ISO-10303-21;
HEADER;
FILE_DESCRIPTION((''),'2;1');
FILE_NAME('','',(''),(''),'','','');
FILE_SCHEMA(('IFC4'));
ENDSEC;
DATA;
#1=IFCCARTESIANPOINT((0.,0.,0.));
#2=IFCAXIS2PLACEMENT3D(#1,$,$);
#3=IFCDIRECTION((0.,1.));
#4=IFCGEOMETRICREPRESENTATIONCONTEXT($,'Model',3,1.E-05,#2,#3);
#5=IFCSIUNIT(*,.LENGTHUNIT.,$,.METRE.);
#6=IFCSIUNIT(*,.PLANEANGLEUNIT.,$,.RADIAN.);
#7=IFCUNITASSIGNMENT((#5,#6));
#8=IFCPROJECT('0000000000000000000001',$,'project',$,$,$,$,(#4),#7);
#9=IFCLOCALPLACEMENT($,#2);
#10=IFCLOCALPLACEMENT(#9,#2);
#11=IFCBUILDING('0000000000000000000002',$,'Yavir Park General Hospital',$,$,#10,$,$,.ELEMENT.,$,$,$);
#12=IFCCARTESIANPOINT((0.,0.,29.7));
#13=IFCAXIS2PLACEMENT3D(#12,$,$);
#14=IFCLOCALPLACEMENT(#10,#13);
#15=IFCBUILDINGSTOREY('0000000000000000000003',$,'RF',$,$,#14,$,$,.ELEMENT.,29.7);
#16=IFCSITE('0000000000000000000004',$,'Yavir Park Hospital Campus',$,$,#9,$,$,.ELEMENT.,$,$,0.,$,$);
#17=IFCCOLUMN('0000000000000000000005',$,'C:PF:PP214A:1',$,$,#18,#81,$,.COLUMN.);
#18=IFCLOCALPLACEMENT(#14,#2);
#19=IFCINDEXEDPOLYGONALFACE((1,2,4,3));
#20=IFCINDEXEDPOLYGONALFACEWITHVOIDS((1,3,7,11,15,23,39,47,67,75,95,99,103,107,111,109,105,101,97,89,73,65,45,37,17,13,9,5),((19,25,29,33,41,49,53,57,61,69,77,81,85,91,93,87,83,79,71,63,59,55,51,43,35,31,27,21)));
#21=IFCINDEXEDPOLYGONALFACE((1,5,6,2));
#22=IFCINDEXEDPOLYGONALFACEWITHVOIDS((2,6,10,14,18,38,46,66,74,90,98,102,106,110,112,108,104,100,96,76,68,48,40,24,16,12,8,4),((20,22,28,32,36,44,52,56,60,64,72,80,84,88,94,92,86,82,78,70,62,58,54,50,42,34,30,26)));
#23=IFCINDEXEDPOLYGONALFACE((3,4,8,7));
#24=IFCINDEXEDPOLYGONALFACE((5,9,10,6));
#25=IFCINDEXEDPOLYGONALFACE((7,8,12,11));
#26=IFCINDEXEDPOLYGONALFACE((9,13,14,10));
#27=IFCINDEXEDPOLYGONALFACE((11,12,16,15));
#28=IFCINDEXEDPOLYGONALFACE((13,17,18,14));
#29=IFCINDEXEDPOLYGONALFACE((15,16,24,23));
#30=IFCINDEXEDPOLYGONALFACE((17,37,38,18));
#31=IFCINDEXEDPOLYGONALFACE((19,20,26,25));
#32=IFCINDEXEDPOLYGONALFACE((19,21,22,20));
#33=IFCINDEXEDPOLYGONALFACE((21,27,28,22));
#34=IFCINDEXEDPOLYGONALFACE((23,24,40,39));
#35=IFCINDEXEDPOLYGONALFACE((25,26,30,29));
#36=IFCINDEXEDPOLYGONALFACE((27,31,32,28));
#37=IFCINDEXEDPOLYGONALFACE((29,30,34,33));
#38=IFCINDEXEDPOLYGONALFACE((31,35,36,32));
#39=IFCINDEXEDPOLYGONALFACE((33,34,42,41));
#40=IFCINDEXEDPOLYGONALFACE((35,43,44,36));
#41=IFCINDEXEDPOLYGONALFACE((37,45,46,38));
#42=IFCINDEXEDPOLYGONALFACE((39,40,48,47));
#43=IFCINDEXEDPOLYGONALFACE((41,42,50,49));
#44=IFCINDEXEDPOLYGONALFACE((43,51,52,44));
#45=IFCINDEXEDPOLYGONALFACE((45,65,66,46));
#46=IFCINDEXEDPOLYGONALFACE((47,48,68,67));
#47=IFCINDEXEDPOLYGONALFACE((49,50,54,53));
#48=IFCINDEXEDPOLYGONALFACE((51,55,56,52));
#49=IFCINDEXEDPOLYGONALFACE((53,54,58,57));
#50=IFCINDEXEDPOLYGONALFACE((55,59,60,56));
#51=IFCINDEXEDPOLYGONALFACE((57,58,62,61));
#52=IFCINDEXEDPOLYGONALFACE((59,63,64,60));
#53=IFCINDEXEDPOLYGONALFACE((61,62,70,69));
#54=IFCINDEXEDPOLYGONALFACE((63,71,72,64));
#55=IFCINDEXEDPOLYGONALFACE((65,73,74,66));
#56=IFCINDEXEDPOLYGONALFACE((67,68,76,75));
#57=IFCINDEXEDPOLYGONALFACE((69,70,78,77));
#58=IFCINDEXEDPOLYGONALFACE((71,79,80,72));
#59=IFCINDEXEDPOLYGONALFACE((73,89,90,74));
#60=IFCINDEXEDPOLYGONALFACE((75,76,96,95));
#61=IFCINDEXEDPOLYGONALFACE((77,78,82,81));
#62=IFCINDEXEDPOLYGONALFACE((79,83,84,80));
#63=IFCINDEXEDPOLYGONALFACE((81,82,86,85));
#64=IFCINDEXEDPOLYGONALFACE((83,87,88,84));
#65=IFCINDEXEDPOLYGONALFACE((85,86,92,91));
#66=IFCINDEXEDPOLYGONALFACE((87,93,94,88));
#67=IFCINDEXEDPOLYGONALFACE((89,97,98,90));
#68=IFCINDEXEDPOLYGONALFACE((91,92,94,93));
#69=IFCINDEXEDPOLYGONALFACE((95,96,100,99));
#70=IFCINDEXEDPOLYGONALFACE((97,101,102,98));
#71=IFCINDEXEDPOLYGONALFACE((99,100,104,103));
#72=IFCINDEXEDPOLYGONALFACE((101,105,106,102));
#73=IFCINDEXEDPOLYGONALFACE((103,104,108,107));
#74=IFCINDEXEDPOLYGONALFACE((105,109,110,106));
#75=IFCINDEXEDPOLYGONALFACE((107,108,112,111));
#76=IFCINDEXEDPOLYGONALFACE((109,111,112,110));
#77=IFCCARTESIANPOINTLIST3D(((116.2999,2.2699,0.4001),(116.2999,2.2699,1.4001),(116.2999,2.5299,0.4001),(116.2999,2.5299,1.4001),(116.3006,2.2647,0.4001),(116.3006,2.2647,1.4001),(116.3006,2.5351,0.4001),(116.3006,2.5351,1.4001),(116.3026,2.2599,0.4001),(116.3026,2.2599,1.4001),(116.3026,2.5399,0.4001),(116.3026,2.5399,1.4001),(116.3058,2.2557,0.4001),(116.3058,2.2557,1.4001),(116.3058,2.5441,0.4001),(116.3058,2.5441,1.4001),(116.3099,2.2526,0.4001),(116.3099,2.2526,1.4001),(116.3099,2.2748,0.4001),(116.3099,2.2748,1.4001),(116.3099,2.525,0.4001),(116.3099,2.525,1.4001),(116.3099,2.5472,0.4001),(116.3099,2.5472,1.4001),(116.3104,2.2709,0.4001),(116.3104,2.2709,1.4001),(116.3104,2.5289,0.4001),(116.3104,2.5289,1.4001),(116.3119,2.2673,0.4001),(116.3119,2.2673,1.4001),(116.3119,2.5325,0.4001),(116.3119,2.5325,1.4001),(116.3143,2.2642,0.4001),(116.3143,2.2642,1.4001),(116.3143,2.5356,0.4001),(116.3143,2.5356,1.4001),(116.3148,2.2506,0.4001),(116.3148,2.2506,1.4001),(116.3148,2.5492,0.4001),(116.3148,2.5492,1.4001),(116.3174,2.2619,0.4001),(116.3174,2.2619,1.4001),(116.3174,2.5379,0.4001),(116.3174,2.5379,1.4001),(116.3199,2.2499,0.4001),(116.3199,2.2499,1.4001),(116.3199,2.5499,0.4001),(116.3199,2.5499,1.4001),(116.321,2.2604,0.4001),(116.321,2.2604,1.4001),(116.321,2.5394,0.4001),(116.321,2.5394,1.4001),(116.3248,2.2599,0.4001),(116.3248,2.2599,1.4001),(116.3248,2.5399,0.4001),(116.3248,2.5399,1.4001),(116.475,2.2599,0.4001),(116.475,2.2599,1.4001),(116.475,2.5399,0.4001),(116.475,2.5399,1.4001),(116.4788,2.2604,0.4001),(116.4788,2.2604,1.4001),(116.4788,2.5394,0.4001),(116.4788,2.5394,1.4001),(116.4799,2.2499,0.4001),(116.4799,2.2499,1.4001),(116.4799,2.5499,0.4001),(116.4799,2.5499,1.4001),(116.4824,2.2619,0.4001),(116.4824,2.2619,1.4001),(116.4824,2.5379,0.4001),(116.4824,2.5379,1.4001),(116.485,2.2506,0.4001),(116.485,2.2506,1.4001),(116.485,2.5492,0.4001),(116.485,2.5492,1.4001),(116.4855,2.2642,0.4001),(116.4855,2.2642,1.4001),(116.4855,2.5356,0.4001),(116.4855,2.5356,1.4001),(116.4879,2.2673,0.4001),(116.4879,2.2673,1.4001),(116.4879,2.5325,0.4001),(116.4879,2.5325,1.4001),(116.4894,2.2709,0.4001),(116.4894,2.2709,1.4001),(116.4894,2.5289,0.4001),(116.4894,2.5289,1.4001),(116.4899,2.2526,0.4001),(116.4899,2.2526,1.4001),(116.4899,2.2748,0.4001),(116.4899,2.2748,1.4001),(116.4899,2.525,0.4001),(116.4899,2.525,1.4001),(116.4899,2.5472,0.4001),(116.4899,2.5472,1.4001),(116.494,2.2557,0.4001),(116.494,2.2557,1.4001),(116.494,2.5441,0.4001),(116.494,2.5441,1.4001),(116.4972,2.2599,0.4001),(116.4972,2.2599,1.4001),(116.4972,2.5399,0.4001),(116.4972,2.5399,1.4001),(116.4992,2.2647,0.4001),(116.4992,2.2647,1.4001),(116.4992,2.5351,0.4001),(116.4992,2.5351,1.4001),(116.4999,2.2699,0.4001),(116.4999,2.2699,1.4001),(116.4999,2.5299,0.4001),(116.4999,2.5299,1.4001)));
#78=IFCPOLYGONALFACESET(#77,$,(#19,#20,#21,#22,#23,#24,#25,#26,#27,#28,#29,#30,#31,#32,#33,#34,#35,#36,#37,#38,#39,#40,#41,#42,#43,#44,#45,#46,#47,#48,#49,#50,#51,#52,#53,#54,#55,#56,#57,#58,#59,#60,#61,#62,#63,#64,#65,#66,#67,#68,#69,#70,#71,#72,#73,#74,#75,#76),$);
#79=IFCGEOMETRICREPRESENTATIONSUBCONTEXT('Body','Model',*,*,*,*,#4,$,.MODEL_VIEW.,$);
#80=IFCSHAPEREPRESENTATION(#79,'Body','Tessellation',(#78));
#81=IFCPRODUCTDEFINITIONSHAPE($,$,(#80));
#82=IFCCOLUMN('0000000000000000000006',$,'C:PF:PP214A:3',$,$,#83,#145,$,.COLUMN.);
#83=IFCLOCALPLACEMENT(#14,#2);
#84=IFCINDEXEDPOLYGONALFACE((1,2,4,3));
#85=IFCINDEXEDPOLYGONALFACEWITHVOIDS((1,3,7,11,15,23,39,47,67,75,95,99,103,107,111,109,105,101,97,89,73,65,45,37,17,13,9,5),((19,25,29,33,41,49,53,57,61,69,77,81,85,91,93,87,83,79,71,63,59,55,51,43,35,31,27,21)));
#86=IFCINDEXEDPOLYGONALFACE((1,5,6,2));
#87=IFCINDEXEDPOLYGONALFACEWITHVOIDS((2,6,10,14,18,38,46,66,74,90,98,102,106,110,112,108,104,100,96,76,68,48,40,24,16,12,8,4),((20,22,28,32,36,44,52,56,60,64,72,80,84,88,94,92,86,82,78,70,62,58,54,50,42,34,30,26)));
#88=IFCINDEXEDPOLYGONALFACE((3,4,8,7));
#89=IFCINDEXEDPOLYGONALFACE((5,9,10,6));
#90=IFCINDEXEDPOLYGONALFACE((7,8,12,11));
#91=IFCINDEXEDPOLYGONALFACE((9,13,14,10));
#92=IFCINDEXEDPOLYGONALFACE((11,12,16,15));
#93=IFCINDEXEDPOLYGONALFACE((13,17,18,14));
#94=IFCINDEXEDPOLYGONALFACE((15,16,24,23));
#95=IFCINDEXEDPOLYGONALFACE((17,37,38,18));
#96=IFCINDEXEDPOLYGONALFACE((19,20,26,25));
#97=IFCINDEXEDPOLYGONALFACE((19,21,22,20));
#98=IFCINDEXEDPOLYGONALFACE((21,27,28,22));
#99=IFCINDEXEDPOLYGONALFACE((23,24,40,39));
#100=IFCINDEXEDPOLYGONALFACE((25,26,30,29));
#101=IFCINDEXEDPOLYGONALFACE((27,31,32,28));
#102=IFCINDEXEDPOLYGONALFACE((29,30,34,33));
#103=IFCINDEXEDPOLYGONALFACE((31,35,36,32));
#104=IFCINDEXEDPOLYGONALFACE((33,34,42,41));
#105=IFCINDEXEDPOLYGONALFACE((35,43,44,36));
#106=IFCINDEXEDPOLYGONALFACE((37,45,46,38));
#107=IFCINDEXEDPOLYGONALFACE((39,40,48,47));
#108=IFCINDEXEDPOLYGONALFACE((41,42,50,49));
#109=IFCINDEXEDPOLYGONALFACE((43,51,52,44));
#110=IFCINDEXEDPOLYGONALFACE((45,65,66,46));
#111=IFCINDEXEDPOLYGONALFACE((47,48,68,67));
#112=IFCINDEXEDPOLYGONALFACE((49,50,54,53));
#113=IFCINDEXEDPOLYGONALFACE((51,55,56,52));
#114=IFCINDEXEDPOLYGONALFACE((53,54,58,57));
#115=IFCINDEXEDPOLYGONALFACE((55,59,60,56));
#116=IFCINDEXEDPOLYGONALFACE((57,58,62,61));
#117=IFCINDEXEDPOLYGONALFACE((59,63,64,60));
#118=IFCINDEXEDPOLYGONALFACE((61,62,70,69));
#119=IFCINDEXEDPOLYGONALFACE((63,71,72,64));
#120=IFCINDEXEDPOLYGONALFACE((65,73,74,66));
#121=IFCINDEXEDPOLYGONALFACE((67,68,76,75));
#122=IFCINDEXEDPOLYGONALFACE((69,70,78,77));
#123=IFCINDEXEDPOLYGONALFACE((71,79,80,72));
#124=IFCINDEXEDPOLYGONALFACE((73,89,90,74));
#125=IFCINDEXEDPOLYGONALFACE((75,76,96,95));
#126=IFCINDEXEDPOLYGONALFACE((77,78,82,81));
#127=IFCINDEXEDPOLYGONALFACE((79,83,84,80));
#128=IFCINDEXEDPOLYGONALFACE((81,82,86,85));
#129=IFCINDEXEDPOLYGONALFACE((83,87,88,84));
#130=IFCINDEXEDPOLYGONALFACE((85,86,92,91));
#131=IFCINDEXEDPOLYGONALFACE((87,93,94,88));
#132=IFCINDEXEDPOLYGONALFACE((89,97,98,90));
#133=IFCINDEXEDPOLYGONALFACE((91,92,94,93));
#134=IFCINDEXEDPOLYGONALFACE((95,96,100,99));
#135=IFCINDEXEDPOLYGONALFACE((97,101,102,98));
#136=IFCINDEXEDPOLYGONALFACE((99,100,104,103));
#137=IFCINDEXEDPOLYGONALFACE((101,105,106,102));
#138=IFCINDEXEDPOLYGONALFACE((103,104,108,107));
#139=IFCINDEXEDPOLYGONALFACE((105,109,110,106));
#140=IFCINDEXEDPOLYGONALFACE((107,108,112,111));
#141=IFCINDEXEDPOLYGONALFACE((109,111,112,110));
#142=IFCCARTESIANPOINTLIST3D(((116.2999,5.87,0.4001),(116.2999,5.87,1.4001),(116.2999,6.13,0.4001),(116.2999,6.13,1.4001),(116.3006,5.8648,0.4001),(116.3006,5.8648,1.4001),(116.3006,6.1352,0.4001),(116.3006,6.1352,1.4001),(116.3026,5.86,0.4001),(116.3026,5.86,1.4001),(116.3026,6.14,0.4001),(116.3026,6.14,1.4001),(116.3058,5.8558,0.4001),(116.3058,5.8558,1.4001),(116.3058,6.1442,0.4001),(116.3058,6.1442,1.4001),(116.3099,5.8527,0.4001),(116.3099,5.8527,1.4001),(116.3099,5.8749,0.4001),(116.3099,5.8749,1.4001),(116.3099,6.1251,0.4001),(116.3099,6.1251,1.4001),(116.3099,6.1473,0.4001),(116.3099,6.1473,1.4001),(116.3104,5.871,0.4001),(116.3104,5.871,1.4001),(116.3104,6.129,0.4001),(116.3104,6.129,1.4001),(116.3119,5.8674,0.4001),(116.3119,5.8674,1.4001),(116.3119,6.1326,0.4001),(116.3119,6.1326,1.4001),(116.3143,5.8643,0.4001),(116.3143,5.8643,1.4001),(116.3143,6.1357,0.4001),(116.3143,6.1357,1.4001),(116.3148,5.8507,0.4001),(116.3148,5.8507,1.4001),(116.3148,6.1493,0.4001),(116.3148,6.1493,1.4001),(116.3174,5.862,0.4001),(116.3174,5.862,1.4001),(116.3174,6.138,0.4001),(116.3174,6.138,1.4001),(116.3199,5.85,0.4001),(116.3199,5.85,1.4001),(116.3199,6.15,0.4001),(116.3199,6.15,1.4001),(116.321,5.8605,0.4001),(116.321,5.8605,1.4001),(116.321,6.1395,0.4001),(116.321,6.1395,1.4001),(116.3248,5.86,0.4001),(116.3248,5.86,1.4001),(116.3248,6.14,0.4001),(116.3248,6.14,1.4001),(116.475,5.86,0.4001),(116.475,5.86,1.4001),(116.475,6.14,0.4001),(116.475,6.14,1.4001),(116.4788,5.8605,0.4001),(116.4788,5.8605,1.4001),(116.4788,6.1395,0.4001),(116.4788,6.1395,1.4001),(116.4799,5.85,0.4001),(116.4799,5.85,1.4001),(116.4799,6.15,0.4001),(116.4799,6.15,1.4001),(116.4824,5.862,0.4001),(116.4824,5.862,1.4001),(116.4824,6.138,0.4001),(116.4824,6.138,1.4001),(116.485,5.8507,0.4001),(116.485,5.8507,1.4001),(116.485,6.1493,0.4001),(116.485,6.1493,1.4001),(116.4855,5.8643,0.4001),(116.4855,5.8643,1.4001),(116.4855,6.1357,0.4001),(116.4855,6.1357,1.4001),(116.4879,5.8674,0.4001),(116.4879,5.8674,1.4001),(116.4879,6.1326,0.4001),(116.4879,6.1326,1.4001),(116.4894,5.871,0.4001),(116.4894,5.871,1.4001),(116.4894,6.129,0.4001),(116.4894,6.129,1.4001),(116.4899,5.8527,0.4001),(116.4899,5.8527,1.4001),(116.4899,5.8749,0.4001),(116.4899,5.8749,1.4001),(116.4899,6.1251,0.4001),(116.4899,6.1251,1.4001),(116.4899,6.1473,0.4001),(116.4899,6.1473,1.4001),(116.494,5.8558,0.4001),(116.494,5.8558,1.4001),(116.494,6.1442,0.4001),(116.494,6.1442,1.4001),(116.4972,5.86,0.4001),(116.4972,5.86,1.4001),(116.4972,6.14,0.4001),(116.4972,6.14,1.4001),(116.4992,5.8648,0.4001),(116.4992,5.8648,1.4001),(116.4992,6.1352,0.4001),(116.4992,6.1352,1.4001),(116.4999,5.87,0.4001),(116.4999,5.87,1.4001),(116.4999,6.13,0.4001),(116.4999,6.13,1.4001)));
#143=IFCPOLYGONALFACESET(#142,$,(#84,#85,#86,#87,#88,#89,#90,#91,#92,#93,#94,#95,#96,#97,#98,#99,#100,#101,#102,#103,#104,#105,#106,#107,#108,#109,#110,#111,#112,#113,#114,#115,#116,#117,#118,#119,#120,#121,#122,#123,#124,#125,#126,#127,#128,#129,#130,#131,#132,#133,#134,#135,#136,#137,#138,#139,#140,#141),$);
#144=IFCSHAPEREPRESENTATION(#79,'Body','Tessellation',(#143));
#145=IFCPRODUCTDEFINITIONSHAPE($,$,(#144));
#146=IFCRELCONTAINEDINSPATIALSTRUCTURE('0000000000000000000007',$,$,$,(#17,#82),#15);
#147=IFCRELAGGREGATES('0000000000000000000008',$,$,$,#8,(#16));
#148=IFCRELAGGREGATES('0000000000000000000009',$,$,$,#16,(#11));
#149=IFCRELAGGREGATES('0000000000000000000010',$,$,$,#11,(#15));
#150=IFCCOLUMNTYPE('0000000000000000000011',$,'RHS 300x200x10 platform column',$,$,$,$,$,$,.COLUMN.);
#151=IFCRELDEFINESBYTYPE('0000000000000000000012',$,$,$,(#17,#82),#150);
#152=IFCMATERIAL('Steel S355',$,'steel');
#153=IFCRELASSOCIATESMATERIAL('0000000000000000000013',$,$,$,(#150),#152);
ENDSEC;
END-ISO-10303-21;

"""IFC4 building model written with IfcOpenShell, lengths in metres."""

from ifc_helpers import new_model, si_unit, direction, frame, origin, origin_2d, place, context, subcontext, project, spatial, hollow_rectangle, extrude, material, material_profile, profile_set, type_object, element, save


model = new_model("IFC4")

# Units and contexts
model_context = context("Model", 3, precision=1e-05, world=origin(), true_north=direction((0.0, 1.0)))
body_context = subcontext(model_context, "Body", "Model", "MODEL_VIEW")
ifc_project = project(units=[si_unit("LENGTHUNIT", "METRE"), si_unit("PLANEANGLEUNIT", "RADIAN")], contexts=[model_context])

# Site, building, storey
site_placement = place(None, origin())
site = spatial("IfcSite", under=ifc_project, at=site_placement, Name="Yavir Park Hospital Campus", CompositionType="ELEMENT", RefElevation=0.0)
building_placement = place(site_placement, origin())
building = spatial("IfcBuilding", under=site, at=building_placement, Name="Yavir Park General Hospital", CompositionType="ELEMENT")
storey_placement = place(building_placement, frame((0.0, 0.0, 29.7)))
storey = spatial("IfcBuildingStorey", under=building, at=storey_placement, Name="RF", CompositionType="ELEMENT", Elevation=29.7)

# Columns
ifc_material_1 = material(Name="Steel S355", Category="steel")
ifc_material_profile_1 = material_profile(ifc_material_1, hollow_rectangle(XDim=0.2, YDim=0.3, WallThickness=0.01, InnerFilletRadius=0.0149, OuterFilletRadius=0.02, at=origin_2d()), Name="RHS300x200x10")
ifc_profile_set_1 = profile_set([ifc_material_profile_1], Name="Steel S355")
column_type_1 = type_object("IfcColumnType", Name="RHS 300x200x10 platform column", PredefinedType="COLUMN", material=ifc_profile_set_1)
for number, where, z_axis, x_axis, name in (
    (1, (116.3999, 2.3999, 0.4001), (0.0, 0.0, 1.0), (1.0, 0.0, 0.0), "C:PF:PP214A:1"),
    (2, (116.3999, 6.0, 0.4001), (0.0, 0.0, 1.0), (1.0, 0.0, 0.0), "C:PF:PP214A:3"),
):
    element("IfcColumn", number, at=place(storey_placement, frame(where, z_axis=z_axis, x_axis=x_axis)), inside=storey, type_object=column_type_1, Name=name, PredefinedType="COLUMN", context=body_context, shape_type="SweptSolid", body=[
        extrude(hollow_rectangle(XDim=0.2, YDim=0.3, WallThickness=0.01, InnerFilletRadius=0.0149, OuterFilletRadius=0.02, at=origin_2d()), origin(), (0.0, 0.0, 1.0), 1.0),
    ])

save(model, "model.ifc")
